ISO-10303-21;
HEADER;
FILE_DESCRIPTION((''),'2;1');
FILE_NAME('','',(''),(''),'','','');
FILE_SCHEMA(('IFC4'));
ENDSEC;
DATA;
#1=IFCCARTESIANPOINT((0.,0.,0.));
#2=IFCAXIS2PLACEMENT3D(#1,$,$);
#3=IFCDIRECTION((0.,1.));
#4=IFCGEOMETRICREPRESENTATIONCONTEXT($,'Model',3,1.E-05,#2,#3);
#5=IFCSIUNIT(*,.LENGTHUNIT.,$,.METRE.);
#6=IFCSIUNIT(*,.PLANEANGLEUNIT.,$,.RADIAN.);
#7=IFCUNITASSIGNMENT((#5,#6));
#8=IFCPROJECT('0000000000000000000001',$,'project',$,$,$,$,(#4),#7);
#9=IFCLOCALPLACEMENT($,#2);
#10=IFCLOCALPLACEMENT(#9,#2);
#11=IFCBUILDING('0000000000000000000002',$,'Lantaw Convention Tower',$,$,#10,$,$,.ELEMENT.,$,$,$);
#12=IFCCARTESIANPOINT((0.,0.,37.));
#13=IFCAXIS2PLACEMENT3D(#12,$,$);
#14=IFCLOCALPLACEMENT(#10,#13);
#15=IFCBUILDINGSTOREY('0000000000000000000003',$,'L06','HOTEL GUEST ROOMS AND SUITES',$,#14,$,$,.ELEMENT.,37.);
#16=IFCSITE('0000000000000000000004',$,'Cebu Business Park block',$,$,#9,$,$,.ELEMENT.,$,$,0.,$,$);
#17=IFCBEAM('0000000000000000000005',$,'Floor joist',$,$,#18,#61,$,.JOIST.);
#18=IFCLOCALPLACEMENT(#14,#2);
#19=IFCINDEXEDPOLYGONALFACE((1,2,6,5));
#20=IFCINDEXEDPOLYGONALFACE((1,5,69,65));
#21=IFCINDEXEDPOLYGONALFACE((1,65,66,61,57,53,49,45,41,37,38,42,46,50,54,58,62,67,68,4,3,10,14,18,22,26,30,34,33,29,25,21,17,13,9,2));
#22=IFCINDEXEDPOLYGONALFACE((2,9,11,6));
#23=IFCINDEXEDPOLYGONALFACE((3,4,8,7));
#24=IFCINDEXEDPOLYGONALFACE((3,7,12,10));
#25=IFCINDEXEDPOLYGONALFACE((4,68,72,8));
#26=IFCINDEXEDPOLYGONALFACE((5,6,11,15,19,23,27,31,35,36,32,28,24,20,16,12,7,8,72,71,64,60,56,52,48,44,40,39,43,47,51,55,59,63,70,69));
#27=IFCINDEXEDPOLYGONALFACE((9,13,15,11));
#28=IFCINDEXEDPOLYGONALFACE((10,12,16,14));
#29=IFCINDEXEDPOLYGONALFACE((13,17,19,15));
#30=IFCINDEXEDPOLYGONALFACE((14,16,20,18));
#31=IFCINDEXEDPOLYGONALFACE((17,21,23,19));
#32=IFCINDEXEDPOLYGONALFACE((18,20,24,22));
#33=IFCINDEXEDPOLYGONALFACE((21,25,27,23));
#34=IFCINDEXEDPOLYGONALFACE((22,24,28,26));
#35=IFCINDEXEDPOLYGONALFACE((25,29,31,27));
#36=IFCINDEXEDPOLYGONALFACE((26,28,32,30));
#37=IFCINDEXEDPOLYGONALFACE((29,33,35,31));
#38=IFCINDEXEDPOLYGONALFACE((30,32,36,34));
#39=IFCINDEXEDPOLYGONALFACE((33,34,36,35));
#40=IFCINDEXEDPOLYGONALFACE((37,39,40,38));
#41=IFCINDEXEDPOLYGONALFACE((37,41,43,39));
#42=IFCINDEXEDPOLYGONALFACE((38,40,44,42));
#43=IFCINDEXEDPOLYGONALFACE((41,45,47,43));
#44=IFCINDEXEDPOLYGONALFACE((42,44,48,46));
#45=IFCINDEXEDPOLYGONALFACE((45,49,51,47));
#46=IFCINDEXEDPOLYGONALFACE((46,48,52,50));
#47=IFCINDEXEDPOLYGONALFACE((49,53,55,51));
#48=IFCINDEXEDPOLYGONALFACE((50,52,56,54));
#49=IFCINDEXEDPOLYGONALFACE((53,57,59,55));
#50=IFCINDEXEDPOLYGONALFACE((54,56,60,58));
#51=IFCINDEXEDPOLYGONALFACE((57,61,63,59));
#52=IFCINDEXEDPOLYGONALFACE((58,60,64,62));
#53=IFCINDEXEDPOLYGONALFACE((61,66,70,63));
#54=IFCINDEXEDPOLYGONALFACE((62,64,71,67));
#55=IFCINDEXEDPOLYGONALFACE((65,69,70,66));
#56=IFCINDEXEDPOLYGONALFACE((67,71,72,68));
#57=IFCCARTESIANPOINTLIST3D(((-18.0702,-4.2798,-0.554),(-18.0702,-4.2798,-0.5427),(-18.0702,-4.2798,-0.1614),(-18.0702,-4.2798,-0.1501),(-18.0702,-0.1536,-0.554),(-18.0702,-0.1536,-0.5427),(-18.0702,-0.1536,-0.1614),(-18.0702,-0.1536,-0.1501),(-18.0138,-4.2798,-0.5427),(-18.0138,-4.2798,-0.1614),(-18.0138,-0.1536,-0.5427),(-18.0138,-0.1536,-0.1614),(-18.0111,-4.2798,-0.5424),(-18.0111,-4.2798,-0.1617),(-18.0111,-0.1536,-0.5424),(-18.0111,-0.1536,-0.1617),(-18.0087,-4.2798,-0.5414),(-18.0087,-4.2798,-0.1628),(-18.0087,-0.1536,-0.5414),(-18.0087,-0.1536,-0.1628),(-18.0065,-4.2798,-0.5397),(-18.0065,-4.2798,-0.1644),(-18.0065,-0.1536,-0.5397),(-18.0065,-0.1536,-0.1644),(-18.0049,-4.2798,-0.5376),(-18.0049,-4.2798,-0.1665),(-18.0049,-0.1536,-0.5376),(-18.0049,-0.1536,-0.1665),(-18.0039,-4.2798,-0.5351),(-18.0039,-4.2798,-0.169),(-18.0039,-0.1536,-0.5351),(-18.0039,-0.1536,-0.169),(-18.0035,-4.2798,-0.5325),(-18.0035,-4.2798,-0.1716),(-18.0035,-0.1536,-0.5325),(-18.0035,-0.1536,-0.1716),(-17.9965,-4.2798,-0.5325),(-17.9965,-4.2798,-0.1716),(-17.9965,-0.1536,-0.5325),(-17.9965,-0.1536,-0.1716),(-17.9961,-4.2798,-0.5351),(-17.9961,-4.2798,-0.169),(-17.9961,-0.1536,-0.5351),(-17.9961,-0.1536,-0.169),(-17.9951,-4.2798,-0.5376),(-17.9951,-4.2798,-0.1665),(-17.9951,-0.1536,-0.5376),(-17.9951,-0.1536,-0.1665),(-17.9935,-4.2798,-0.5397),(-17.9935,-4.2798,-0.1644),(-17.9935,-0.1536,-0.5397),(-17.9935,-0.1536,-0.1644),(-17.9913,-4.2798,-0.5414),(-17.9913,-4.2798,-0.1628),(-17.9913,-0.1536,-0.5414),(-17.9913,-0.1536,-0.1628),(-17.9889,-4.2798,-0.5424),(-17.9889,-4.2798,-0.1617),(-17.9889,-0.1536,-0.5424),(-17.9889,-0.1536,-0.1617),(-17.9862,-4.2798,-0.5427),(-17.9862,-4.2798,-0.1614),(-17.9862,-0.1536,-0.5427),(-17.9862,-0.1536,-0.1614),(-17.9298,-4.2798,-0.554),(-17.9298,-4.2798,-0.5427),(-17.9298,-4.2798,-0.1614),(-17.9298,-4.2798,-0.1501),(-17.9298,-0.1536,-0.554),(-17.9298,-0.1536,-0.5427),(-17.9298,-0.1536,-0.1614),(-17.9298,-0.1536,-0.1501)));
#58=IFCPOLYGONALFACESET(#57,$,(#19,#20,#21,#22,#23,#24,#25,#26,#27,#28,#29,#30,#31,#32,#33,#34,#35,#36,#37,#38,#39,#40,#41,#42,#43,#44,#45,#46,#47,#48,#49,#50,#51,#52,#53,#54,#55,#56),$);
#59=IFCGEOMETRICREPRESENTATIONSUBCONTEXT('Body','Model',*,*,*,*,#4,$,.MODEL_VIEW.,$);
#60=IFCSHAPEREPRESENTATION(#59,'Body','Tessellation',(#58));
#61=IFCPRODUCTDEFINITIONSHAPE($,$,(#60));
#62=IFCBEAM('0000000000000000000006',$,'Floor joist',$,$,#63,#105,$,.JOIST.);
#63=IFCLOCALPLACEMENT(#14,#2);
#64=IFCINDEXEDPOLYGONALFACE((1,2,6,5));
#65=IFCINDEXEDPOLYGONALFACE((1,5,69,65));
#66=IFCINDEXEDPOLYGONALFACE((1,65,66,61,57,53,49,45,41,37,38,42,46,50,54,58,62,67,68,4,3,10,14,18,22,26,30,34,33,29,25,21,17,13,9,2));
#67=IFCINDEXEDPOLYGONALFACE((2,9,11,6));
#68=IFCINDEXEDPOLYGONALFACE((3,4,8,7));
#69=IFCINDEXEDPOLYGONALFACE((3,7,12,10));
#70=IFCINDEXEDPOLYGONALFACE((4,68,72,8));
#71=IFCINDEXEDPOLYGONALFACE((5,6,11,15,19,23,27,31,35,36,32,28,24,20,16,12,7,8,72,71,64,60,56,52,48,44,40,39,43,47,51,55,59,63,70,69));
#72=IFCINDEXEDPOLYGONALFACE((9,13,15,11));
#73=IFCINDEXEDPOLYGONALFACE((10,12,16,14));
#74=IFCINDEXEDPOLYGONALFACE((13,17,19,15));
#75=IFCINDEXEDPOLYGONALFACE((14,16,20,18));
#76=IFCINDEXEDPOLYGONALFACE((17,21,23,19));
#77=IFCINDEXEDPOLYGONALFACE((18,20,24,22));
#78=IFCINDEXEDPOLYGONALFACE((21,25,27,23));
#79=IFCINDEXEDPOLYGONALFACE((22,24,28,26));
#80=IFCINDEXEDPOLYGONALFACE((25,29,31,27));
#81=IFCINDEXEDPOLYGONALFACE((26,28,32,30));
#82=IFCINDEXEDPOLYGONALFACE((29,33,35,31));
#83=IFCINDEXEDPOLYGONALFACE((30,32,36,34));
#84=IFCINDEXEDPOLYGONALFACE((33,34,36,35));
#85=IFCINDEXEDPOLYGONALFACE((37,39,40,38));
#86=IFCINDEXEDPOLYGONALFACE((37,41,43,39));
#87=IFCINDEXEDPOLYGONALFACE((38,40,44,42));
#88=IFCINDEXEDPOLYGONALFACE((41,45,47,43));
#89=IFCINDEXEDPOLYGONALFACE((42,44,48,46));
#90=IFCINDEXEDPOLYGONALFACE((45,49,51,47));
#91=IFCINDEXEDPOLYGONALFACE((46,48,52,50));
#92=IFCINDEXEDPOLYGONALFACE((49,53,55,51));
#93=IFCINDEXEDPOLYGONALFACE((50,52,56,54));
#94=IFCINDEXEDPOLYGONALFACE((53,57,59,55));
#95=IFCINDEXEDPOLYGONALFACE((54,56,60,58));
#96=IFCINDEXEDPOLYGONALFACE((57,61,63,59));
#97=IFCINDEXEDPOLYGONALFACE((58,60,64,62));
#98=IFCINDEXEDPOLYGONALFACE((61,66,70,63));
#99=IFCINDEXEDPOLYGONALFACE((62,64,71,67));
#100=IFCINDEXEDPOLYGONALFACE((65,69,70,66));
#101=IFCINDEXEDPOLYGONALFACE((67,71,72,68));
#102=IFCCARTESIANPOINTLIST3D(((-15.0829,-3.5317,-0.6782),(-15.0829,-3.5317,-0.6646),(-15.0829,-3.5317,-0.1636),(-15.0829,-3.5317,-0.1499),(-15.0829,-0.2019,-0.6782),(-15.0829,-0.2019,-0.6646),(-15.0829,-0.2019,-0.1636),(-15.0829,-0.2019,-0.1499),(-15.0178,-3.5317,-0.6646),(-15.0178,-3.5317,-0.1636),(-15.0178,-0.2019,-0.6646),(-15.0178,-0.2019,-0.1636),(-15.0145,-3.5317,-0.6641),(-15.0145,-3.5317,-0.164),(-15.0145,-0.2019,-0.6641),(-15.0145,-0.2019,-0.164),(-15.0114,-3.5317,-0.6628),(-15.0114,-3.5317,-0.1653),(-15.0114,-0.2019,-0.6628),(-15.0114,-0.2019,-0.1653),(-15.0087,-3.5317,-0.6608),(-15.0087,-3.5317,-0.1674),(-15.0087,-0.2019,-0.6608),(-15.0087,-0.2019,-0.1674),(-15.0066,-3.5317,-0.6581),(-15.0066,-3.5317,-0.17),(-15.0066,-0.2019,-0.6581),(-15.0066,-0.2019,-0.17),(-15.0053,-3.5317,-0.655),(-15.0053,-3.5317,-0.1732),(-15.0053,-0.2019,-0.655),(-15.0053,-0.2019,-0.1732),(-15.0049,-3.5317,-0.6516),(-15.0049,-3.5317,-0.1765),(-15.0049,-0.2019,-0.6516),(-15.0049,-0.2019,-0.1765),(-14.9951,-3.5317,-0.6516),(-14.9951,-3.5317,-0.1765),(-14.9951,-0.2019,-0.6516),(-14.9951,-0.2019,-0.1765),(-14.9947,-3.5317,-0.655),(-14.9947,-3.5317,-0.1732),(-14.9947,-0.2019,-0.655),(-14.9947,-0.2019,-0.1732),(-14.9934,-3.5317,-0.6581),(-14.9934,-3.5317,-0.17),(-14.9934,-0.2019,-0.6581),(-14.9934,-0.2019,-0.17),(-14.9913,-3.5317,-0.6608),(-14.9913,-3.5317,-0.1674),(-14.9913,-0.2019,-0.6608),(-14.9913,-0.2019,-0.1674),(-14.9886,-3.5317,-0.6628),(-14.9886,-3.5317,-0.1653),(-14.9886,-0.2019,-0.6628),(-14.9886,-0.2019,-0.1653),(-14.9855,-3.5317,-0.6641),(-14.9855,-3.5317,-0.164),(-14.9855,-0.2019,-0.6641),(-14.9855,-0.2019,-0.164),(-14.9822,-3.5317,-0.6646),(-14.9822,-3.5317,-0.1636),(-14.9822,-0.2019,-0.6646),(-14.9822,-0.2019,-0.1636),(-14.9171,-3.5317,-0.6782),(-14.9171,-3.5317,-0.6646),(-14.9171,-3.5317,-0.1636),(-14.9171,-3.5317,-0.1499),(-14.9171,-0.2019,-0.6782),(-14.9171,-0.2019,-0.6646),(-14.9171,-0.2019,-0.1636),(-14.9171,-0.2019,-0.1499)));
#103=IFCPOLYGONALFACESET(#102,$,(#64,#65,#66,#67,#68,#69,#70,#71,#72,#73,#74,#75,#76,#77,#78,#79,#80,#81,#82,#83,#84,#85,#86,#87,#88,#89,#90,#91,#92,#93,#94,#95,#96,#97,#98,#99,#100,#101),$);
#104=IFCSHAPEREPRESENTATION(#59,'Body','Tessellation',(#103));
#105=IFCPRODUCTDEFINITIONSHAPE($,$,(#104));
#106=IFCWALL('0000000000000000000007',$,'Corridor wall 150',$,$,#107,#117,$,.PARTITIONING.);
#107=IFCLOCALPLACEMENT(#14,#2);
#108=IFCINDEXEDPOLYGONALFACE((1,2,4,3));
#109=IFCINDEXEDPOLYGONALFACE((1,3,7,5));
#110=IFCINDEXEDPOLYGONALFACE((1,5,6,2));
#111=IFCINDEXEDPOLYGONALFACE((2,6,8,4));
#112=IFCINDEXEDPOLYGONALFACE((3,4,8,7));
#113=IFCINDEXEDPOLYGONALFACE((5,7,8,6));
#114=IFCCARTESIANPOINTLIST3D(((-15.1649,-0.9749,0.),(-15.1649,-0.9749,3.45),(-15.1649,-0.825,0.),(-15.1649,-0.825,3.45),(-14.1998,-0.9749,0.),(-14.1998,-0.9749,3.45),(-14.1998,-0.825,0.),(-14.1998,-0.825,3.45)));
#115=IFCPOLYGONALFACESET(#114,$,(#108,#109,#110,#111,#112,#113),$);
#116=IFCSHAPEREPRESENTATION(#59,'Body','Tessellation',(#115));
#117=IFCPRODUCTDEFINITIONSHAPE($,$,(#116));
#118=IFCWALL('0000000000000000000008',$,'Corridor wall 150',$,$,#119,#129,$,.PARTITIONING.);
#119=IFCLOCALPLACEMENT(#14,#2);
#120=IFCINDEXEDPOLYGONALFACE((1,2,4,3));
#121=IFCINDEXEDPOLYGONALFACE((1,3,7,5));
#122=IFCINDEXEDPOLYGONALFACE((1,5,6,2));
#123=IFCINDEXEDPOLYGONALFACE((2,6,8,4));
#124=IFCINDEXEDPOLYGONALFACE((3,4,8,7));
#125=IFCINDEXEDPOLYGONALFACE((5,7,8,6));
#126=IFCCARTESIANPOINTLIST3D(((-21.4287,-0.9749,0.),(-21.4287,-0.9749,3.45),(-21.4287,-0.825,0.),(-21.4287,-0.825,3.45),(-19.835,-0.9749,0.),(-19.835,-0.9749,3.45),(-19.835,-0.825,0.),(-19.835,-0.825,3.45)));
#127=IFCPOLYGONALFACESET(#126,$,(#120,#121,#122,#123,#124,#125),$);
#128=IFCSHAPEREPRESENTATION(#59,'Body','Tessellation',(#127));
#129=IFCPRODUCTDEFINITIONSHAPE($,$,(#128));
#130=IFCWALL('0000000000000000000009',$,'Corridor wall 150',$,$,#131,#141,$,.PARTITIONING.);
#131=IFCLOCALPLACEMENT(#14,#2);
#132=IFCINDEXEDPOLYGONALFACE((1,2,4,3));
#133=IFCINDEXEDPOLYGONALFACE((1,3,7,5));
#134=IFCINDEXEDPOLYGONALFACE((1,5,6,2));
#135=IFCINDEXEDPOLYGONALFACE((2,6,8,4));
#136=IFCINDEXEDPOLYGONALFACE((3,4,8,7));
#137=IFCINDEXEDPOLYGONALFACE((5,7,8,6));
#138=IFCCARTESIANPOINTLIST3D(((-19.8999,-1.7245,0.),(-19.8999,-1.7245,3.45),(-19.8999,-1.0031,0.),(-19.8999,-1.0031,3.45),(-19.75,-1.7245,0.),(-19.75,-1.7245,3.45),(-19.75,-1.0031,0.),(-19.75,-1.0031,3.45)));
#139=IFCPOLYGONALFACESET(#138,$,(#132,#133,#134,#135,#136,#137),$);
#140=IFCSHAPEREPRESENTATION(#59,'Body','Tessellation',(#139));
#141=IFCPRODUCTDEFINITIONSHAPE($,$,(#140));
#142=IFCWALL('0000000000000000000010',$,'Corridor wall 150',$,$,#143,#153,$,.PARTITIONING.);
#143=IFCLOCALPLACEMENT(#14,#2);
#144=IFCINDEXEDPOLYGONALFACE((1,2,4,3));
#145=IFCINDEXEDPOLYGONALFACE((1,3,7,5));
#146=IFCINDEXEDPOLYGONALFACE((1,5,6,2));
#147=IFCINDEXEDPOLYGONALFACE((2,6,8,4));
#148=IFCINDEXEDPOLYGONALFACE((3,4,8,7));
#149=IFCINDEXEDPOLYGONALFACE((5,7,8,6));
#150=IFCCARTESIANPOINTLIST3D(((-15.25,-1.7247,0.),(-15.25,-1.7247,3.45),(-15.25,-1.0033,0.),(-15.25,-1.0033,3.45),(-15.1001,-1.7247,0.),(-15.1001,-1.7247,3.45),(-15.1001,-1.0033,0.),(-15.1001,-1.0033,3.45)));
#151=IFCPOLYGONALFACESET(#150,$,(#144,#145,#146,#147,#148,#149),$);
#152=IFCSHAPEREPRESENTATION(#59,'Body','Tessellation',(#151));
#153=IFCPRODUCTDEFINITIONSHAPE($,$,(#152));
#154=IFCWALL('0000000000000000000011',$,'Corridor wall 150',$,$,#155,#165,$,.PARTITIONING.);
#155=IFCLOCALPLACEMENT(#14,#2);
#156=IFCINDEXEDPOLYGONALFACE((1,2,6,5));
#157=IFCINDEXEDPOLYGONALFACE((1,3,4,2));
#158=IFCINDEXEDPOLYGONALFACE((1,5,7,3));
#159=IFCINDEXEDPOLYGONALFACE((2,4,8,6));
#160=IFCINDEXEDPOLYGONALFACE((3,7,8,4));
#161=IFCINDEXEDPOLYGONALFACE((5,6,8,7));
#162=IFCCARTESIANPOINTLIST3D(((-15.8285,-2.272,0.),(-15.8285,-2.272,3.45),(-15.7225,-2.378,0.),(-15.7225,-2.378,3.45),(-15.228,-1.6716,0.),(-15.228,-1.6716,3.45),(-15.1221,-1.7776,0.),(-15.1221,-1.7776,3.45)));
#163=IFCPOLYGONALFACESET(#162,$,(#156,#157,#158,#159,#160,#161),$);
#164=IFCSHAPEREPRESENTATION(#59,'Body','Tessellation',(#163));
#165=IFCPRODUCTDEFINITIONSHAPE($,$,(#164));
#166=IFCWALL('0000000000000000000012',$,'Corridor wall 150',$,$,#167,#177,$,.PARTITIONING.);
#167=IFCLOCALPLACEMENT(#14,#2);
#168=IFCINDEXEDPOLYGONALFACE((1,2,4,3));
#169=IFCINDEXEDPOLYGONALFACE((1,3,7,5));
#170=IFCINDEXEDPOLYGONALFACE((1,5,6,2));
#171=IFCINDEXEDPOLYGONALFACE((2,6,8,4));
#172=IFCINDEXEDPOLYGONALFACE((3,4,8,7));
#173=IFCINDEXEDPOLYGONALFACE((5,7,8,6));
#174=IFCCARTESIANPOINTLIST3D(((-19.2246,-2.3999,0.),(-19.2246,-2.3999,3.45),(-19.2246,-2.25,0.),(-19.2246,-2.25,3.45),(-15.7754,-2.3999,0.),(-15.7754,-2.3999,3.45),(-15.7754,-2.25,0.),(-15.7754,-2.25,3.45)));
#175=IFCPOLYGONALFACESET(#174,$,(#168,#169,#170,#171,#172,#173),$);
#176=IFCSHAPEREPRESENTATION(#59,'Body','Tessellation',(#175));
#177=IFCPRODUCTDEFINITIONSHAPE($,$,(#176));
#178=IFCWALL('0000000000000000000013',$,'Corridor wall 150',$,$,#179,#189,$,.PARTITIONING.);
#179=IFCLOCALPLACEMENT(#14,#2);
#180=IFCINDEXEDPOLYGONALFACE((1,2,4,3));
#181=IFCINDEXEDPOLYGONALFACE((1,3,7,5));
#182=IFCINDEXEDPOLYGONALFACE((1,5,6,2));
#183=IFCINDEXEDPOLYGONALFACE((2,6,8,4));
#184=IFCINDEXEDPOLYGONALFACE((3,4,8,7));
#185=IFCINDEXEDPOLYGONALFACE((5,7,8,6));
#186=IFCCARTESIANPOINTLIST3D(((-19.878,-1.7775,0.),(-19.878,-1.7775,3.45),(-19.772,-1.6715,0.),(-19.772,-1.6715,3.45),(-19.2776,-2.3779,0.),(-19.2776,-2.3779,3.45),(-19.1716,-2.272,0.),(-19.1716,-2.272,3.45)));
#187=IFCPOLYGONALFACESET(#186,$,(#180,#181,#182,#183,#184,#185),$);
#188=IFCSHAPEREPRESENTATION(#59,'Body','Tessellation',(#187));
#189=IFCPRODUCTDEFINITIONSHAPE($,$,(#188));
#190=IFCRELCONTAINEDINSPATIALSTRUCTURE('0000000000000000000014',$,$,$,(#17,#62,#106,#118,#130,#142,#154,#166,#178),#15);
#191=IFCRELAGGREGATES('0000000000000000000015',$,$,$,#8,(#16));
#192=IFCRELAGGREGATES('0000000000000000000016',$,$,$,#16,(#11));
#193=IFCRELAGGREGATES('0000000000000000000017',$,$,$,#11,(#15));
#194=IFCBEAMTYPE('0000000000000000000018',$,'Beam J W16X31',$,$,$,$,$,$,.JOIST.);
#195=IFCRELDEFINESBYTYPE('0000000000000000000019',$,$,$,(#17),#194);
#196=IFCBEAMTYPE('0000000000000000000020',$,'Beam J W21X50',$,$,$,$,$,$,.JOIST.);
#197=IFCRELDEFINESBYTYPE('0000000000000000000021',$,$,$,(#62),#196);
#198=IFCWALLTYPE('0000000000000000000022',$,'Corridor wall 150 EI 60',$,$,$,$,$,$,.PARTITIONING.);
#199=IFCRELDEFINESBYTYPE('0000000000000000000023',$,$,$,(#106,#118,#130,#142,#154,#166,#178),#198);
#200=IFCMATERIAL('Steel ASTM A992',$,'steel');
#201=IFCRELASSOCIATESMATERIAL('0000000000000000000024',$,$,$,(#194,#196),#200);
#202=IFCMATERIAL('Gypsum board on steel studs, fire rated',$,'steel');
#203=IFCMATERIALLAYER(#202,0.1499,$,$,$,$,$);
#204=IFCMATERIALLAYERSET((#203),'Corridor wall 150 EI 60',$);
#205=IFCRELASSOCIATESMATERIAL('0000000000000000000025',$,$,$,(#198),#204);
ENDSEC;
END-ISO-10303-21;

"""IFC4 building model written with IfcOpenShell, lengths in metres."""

from ifc_helpers import new_model, si_unit, direction, frame, frame_2d, origin, origin_2d, place, context, subcontext, project, spatial, rectangle, i_section, extrude, material, layer, layer_set, material_profile, profile_set, type_object, element, save


model = new_model("IFC4")

# Units and contexts
model_context = context("Model", 3, precision=1e-05, world=origin(), true_north=direction((0.0, 1.0)))
body_context = subcontext(model_context, "Body", "Model", "MODEL_VIEW")
ifc_project = project(units=[si_unit("LENGTHUNIT", "METRE"), si_unit("PLANEANGLEUNIT", "RADIAN")], contexts=[model_context])

# Site, building, storey
site_placement = place(None, origin())
site = spatial("IfcSite", under=ifc_project, at=site_placement, Name="Cebu Business Park block", CompositionType="ELEMENT", RefElevation=0.0)
building_placement = place(site_placement, origin())
building = spatial("IfcBuilding", under=site, at=building_placement, Name="Lantaw Convention Tower", CompositionType="ELEMENT")
storey_placement = place(building_placement, frame((0.0, 0.0, 37.0)))
storey = spatial("IfcBuildingStorey", under=building, at=storey_placement, Name="L06", Description="HOTEL GUEST ROOMS AND SUITES", CompositionType="ELEMENT", Elevation=37.0)

# Beams
ifc_material_1 = material(Name="Steel ASTM A992", Category="steel")
ifc_material_profile_1 = material_profile(ifc_material_1, i_section(OverallWidth=0.1404, OverallDepth=0.4038, WebThickness=0.0071, FlangeThickness=0.0112, FilletRadius=0.0103, at=origin_2d()), Name="W16X31")
ifc_profile_set_1 = profile_set([ifc_material_profile_1], Name="Steel ASTM A992")
beam_type_1 = type_object("IfcBeamType", Name="Beam J W16X31", PredefinedType="JOIST", material=ifc_profile_set_1)
beam_1_placement = place(storey_placement, frame((-18.0, -4.2798, -0.3521), z_axis=(0.0, 1.0, 0.0), x_axis=(-1.0, 0.0, 0.0)))
element("IfcBeam", 1, at=beam_1_placement, inside=storey, type_object=beam_type_1, Name="Floor joist", PredefinedType="JOIST", context=body_context, shape_type="SweptSolid", body=[
    extrude(i_section(OverallWidth=0.1404, OverallDepth=0.4038, WebThickness=0.0071, FlangeThickness=0.0112, FilletRadius=0.0103, at=origin_2d()), origin(), (0.0, 0.0, 1.0), 4.1262),
])
ifc_material_profile_2 = material_profile(ifc_material_1, i_section(OverallWidth=0.1658, OverallDepth=0.5283, WebThickness=0.0098, FlangeThickness=0.0137, FilletRadius=0.0129, at=origin_2d()), Name="W21X50")
ifc_profile_set_2 = profile_set([ifc_material_profile_2], Name="Steel ASTM A992")
beam_type_2 = type_object("IfcBeamType", Name="Beam J W21X50", PredefinedType="JOIST", material=ifc_profile_set_2)
beam_2_placement = place(storey_placement, frame((-15.0, -3.5317, -0.4141), z_axis=(0.0, 1.0, 0.0), x_axis=(-1.0, 0.0, 0.0)))
element("IfcBeam", 2, at=beam_2_placement, inside=storey, type_object=beam_type_2, Name="Floor joist", PredefinedType="JOIST", context=body_context, shape_type="SweptSolid", body=[
    extrude(i_section(OverallWidth=0.1658, OverallDepth=0.5283, WebThickness=0.0098, FlangeThickness=0.0137, FilletRadius=0.0129, at=origin_2d()), origin(), (0.0, 0.0, 1.0), 3.3298),
])

# Walls
ifc_material_2 = material(Name="Gypsum board on steel studs, fire rated", Category="steel")
ifc_layer = layer(ifc_material_2, 0.1499)
ifc_layer_set = layer_set([ifc_layer], Name="Corridor wall 150 EI 60")
wall_type = type_object("IfcWallType", Name="Corridor wall 150 EI 60", PredefinedType="PARTITIONING", material=ifc_layer_set)
wall_1_placement = place(storey_placement, frame((-14.2, -0.8999, 0.0), z_axis=(0.0, 0.0, 1.0), x_axis=(-1.0, 0.0, 0.0)))
element("IfcWall", 3, at=wall_1_placement, inside=storey, type_object=wall_type, Name="Corridor wall 150", PredefinedType="PARTITIONING", context=body_context, shape_type="SweptSolid", body=[
    extrude(rectangle(XDim=0.9651, YDim=0.1499, at=frame_2d((0.4824, 0.0))), origin(), (0.0, 0.0, 1.0), 3.45),
])
wall_2_placement = place(storey_placement, frame((-19.835, -0.8999, 0.0), z_axis=(0.0, 0.0, 1.0), x_axis=(-1.0, 0.0, 0.0)))
element("IfcWall", 4, at=wall_2_placement, inside=storey, type_object=wall_type, Name="Corridor wall 150", PredefinedType="PARTITIONING", context=body_context, shape_type="SweptSolid", body=[
    extrude(rectangle(XDim=1.5938, YDim=0.1499, at=frame_2d((0.7969, 0.0))), origin(), (0.0, 0.0, 1.0), 3.45),
])
for number, where, z_axis, x_axis, name in (
    (5, (-19.825, -1.7246, 0.0), (0.0, 0.0, 1.0), (0.0, 1.0, 0.0), "Corridor wall 150"),
    (6, (-15.175, -1.0032, 0.0), (0.0, 0.0, 1.0), (0.0, -1.0, 0.0), "Corridor wall 150"),
):
    element("IfcWall", number, at=place(storey_placement, frame(where, z_axis=z_axis, x_axis=x_axis)), inside=storey, type_object=wall_type, Name=name, PredefinedType="PARTITIONING", context=body_context, shape_type="SweptSolid", body=[
        extrude(rectangle(XDim=0.7214, YDim=0.1499, at=frame_2d((0.3608, 0.0))), origin(), (0.0, 0.0, 1.0), 3.45),
    ])
wall_3_placement = place(storey_placement, frame((-15.175, -1.7246, 0.0), z_axis=(0.0, 0.0, 1.0), x_axis=(-0.707107, -0.707107, 0.0)))
element("IfcWall", 7, at=wall_3_placement, inside=storey, type_object=wall_type, Name="Corridor wall 150", PredefinedType="PARTITIONING", context=body_context, shape_type="SweptSolid", body=[
    extrude(rectangle(XDim=0.8491, YDim=0.1499, at=frame_2d((0.4246, 0.0))), origin(), (0.0, 0.0, 1.0), 3.45),
])
wall_4_placement = place(storey_placement, frame((-15.7754, -2.325, 0.0), z_axis=(0.0, 0.0, 1.0), x_axis=(-1.0, 0.0, 0.0)))
element("IfcWall", 8, at=wall_4_placement, inside=storey, type_object=wall_type, Name="Corridor wall 150", PredefinedType="PARTITIONING", context=body_context, shape_type="SweptSolid", body=[
    extrude(rectangle(XDim=3.4492, YDim=0.1499, at=frame_2d((1.7246, 0.0))), origin(), (0.0, 0.0, 1.0), 3.45),
])
wall_5_placement = place(storey_placement, frame((-19.2246, -2.325, 0.0), z_axis=(0.0, 0.0, 1.0), x_axis=(-0.707107, 0.707107, 0.0)))
element("IfcWall", 9, at=wall_5_placement, inside=storey, type_object=wall_type, Name="Corridor wall 150", PredefinedType="PARTITIONING", context=body_context, shape_type="SweptSolid", body=[
    extrude(rectangle(XDim=0.8491, YDim=0.1499, at=frame_2d((0.4246, 0.0))), origin(), (0.0, 0.0, 1.0), 3.45),
])

save(model, "model.ifc")
